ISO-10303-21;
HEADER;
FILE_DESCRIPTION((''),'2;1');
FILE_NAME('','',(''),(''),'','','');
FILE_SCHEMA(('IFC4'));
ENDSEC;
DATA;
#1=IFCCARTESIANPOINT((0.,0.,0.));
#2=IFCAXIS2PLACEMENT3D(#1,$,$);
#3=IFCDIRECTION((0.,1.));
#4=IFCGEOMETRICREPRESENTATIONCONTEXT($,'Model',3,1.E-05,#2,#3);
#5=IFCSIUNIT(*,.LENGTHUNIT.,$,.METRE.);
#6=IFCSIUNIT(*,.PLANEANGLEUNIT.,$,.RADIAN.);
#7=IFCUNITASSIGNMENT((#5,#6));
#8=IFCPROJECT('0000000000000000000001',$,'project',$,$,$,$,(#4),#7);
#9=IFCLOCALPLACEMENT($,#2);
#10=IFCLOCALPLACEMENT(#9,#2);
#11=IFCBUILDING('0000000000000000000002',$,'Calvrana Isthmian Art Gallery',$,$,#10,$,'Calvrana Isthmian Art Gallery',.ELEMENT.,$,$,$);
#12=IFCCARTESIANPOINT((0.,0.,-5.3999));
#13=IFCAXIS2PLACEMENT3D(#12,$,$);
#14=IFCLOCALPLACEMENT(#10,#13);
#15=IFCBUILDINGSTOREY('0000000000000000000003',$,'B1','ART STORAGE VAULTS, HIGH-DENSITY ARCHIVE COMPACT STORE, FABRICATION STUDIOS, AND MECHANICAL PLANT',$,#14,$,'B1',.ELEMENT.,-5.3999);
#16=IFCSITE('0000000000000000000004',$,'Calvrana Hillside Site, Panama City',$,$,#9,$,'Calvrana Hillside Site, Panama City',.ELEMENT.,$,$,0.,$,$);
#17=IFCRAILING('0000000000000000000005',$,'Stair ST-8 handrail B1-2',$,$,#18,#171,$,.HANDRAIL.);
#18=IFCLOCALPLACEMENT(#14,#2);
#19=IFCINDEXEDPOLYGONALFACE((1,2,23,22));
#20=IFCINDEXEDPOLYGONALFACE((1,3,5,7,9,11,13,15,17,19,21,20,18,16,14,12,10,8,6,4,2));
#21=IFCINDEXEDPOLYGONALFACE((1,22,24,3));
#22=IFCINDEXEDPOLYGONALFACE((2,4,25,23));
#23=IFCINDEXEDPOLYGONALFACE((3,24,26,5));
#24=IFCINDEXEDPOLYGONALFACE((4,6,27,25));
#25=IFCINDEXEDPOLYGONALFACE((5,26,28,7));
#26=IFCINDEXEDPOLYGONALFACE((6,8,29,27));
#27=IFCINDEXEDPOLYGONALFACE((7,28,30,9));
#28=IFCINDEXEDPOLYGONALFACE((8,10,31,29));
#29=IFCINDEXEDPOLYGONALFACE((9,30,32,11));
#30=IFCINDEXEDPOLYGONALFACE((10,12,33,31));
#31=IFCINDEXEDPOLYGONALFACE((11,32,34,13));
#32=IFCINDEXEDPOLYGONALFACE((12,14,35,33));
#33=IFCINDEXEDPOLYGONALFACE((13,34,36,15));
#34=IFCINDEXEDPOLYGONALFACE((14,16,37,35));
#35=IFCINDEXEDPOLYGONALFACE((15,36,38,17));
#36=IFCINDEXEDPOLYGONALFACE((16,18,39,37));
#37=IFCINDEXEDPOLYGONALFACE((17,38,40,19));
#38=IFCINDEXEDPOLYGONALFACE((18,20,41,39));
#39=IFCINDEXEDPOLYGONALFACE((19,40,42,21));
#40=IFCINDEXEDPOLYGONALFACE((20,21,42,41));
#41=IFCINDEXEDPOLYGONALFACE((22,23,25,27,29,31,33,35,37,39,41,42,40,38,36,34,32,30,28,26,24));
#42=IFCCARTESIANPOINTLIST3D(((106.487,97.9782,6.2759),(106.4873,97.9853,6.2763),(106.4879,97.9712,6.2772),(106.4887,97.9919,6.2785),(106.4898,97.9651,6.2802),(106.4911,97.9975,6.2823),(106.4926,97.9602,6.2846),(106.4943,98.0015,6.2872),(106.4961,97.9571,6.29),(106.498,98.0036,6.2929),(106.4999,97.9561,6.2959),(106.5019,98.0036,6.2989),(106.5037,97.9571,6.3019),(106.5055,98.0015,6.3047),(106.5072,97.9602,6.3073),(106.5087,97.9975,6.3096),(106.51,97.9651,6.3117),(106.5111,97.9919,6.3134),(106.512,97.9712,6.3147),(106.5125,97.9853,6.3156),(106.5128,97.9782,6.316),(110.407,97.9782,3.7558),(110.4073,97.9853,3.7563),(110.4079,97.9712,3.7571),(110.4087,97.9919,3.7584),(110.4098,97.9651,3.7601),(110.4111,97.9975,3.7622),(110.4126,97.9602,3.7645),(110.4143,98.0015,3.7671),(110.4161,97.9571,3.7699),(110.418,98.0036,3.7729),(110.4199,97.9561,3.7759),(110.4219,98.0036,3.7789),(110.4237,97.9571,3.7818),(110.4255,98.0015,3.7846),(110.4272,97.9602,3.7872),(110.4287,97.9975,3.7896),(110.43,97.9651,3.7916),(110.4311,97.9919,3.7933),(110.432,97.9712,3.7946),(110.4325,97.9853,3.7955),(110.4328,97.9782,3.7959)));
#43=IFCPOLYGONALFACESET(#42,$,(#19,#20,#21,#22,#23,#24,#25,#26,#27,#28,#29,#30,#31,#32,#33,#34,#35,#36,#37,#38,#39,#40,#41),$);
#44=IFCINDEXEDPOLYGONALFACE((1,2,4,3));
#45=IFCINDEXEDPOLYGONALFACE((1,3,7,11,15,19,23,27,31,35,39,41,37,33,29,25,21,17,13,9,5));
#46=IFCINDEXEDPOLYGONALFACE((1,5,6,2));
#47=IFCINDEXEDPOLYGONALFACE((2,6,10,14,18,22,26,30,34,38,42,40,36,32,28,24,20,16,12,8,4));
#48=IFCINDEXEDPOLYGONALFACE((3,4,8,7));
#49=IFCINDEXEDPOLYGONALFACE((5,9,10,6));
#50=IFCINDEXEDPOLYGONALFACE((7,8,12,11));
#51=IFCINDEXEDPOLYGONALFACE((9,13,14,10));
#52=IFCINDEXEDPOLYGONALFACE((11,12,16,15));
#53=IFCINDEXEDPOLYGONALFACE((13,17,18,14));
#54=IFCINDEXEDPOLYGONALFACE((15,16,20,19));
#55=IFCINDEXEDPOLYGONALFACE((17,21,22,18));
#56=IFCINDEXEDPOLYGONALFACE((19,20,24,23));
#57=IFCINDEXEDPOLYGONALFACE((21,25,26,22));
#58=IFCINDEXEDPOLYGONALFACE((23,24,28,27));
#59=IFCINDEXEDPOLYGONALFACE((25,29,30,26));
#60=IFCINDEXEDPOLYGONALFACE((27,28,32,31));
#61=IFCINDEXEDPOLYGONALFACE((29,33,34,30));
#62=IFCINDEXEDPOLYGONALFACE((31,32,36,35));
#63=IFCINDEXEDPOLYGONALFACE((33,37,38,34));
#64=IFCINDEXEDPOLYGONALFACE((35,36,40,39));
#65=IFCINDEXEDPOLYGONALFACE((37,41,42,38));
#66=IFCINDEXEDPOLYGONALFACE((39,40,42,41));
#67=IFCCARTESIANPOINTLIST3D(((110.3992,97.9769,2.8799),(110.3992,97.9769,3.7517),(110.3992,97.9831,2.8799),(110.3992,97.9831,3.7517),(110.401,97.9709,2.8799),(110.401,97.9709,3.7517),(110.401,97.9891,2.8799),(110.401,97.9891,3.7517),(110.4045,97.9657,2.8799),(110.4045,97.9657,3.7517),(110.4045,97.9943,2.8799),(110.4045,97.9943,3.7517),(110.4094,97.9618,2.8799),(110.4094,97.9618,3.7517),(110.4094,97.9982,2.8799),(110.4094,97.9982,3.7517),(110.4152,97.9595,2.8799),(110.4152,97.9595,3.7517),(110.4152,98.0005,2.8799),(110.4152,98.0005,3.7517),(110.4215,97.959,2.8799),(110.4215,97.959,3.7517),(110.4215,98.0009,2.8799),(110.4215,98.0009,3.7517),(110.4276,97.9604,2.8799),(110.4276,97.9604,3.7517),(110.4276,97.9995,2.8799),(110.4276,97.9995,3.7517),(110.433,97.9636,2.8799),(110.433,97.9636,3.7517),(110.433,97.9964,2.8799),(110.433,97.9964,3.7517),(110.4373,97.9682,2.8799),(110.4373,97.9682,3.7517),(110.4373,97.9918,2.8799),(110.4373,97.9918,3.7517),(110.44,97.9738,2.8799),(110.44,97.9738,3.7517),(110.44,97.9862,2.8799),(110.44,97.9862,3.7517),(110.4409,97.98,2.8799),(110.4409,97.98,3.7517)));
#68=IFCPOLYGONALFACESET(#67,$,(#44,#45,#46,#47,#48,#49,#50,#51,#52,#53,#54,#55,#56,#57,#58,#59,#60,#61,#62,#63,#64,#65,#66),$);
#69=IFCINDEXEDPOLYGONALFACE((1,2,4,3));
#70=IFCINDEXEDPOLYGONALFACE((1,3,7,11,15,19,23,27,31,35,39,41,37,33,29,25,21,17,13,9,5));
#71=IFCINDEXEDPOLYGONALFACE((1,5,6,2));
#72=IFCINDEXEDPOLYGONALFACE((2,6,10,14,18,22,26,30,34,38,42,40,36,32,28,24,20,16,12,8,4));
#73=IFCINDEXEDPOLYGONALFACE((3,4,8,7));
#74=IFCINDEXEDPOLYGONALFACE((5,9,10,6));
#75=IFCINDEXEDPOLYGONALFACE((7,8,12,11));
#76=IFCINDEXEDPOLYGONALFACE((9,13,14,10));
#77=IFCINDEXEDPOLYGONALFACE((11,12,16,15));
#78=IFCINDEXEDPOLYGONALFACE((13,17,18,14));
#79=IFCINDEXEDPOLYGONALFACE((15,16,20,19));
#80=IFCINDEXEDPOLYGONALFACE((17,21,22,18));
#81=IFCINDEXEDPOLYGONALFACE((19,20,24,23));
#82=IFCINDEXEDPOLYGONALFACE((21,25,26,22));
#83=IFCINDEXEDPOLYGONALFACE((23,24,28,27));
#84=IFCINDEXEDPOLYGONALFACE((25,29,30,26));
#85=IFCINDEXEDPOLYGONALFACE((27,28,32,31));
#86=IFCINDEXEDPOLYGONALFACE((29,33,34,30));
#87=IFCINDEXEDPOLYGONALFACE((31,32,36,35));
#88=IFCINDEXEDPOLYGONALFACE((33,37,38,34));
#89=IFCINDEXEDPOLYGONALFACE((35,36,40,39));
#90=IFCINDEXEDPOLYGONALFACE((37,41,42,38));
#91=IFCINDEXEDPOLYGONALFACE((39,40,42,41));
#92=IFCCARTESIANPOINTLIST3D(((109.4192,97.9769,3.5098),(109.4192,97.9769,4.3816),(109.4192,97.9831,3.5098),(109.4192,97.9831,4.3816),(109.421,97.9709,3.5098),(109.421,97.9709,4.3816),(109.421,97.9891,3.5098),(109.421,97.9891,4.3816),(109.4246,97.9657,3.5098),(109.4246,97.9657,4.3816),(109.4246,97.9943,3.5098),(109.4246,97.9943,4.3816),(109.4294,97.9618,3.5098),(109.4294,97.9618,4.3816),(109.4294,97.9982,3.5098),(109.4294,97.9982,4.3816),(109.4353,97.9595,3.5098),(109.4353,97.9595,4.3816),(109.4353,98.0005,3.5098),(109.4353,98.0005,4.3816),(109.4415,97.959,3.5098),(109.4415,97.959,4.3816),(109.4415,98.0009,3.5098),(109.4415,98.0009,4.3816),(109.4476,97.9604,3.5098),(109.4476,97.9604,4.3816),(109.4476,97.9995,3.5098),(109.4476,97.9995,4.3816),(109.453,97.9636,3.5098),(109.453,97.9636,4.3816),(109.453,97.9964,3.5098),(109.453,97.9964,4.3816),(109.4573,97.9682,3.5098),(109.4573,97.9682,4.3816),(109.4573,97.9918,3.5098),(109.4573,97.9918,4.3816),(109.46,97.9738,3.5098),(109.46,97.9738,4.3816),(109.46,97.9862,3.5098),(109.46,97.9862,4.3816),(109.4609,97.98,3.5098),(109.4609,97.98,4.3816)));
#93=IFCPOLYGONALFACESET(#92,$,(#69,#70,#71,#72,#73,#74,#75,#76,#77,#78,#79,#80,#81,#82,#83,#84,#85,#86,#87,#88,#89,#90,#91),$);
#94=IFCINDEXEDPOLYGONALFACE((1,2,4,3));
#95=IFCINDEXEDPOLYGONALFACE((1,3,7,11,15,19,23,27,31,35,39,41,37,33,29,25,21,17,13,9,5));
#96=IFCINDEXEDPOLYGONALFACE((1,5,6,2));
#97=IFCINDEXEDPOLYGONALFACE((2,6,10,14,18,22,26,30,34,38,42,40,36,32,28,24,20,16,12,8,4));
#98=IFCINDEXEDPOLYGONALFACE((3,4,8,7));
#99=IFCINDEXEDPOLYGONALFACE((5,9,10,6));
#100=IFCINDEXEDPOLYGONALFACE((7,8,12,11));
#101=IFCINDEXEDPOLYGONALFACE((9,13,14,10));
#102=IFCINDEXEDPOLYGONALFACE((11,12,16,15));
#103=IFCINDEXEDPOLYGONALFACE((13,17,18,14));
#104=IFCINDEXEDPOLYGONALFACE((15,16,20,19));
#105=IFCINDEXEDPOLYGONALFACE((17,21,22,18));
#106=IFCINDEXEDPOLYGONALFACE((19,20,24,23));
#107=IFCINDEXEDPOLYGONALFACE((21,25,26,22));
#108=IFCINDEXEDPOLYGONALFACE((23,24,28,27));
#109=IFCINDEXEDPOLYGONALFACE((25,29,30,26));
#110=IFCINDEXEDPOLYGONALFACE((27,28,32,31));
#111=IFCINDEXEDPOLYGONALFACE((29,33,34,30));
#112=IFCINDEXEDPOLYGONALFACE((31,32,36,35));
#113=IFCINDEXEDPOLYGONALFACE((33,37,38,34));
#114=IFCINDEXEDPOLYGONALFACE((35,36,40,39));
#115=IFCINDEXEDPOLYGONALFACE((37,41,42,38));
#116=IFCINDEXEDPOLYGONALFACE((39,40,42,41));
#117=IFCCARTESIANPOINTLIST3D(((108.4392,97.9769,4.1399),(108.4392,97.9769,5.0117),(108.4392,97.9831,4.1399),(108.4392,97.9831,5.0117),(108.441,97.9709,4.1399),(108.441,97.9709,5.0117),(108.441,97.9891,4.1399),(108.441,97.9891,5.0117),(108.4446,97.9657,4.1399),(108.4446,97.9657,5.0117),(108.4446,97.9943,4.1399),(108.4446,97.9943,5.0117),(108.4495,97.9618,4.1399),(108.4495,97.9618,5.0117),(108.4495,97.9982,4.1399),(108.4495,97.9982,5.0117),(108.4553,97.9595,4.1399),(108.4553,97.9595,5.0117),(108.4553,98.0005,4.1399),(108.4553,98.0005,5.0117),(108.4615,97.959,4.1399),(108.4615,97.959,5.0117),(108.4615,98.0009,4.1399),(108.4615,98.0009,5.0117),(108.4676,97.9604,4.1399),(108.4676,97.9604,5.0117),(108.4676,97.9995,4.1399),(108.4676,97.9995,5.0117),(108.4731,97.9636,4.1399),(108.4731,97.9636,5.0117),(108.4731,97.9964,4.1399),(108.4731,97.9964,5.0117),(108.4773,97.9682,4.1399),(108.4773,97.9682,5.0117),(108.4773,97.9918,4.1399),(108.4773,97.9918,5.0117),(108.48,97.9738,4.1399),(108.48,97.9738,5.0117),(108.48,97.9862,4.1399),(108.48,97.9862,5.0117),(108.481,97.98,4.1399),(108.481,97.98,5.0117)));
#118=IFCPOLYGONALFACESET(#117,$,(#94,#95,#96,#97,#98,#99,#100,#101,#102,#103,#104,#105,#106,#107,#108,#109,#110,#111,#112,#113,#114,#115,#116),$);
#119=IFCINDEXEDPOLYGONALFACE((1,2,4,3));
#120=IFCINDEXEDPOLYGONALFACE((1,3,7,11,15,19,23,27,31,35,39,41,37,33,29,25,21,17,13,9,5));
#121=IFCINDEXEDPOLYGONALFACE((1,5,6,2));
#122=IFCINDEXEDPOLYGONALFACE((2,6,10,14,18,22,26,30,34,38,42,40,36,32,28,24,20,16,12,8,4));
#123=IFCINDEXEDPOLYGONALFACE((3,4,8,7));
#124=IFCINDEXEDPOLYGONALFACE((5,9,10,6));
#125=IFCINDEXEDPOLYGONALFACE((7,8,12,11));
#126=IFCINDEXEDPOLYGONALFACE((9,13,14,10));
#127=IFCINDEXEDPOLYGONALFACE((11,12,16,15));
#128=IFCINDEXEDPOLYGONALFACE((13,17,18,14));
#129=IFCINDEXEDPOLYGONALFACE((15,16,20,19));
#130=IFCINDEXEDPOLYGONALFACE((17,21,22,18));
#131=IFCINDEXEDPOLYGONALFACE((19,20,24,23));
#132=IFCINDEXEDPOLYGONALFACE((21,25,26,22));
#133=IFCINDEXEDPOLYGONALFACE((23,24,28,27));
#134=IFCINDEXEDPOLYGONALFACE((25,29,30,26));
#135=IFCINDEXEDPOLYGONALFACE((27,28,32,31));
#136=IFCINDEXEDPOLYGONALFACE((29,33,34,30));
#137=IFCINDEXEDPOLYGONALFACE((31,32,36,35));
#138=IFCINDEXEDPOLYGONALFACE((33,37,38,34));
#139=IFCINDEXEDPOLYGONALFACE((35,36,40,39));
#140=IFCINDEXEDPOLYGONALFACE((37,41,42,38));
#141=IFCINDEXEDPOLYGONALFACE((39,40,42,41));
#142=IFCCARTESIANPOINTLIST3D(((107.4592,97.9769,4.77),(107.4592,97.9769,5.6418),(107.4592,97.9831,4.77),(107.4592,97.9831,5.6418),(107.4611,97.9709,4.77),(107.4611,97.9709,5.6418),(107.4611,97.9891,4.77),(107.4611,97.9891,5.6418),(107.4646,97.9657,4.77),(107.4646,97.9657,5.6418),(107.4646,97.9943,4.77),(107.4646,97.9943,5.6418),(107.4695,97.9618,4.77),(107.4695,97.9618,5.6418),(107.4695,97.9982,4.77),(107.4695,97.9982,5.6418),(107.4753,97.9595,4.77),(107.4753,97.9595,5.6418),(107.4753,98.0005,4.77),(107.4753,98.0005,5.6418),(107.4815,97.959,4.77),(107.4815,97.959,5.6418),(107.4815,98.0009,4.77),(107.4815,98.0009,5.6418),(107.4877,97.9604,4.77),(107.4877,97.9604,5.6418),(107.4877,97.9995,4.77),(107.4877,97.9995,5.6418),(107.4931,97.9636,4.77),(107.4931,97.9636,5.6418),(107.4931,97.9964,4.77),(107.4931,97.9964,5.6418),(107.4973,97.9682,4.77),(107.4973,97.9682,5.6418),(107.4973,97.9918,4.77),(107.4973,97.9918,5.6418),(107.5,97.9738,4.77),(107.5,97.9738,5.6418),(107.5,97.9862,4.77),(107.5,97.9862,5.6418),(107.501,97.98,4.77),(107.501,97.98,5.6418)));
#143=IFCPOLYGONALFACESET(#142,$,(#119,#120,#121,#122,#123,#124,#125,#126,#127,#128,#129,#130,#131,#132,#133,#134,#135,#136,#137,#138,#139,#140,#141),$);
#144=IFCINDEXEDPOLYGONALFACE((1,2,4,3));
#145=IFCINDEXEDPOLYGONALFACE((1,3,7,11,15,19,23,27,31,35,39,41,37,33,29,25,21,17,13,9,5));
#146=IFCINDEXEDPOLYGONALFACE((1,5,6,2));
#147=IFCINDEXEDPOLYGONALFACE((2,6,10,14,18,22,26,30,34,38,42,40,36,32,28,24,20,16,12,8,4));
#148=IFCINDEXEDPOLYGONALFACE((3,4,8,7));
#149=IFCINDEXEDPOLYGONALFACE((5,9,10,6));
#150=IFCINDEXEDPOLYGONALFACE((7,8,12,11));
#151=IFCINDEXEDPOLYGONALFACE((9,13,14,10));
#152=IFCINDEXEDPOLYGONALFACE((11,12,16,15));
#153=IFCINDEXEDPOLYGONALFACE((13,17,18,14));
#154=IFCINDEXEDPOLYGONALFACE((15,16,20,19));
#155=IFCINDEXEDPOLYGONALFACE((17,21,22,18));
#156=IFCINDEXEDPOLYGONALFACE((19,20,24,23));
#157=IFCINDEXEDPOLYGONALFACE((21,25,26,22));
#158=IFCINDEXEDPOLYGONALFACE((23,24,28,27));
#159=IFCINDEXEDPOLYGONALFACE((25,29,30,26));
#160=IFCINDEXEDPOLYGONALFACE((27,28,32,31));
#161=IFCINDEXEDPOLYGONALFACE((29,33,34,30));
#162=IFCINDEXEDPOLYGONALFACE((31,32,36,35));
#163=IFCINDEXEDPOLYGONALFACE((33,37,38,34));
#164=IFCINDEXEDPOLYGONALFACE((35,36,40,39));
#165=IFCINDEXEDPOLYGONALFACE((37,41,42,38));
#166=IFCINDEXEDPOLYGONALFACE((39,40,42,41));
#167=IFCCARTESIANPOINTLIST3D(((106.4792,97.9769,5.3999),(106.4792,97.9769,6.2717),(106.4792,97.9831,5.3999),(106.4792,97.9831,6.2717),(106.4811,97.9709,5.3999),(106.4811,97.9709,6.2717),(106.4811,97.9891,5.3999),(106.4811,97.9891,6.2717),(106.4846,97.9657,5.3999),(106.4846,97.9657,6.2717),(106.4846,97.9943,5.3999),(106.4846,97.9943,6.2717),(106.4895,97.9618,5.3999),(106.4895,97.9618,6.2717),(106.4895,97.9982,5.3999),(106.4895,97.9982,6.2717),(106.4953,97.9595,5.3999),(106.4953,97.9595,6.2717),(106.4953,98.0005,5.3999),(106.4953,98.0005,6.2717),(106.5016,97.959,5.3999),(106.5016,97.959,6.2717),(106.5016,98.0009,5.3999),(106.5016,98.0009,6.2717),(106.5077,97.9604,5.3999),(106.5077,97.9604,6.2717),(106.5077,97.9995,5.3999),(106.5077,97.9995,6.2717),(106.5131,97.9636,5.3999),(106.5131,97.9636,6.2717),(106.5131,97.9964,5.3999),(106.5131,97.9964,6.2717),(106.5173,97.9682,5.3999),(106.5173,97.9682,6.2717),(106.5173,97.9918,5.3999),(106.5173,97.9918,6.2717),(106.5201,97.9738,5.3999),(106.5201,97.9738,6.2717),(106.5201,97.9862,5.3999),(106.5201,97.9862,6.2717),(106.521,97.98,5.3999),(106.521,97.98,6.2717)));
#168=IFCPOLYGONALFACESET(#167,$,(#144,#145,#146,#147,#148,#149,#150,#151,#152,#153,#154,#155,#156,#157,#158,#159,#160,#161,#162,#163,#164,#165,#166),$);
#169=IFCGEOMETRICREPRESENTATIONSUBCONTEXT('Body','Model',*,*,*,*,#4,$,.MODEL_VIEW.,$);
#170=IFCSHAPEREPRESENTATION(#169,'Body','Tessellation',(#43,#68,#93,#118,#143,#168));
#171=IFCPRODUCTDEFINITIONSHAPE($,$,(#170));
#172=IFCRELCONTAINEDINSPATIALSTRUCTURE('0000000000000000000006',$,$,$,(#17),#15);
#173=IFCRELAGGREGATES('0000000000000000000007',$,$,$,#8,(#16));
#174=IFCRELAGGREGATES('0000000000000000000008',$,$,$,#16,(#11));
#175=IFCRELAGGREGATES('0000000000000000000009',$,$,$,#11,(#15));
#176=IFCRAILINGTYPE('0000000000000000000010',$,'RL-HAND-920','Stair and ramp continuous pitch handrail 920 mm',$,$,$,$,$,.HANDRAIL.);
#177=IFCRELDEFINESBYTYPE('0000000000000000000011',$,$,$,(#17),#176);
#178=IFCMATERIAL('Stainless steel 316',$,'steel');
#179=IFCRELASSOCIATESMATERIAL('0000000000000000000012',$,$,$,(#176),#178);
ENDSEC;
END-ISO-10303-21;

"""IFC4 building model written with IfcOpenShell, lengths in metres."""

from ifc_helpers import new_model, si_unit, direction, frame, origin, origin_2d, place, context, subcontext, project, spatial, circle, extrude, material, type_object, element, save


model = new_model("IFC4")

# Units and contexts
model_context = context("Model", 3, precision=1e-05, world=origin(), true_north=direction((0.0, 1.0)))
body_context = subcontext(model_context, "Body", "Model", "MODEL_VIEW")
ifc_project = project(units=[si_unit("LENGTHUNIT", "METRE"), si_unit("PLANEANGLEUNIT", "RADIAN")], contexts=[model_context])

# Site, building, storey
site_placement = place(None, origin())
site = spatial("IfcSite", under=ifc_project, at=site_placement, Name="Calvrana Hillside Site, Panama City", LongName="Calvrana Hillside Site, Panama City", CompositionType="ELEMENT", RefElevation=0.0)
building_placement = place(site_placement, origin())
building = spatial("IfcBuilding", under=site, at=building_placement, Name="Calvrana Isthmian Art Gallery", LongName="Calvrana Isthmian Art Gallery", CompositionType="ELEMENT")
storey_placement = place(building_placement, frame((0.0, 0.0, -5.3999)))
storey = spatial("IfcBuildingStorey", under=building, at=storey_placement, Name="B1", Description="ART STORAGE VAULTS, HIGH-DENSITY ARCHIVE COMPACT STORE, FABRICATION STUDIOS, AND MECHANICAL PLANT", LongName="B1", CompositionType="ELEMENT", Elevation=-5.3999)

# Railing
ifc_material_1 = material(Name="Stainless steel 316", Category="steel")
railing_type_1 = type_object("IfcRailingType", Name="RL-HAND-920", Description="Stair and ramp continuous pitch handrail 920 mm", PredefinedType="HANDRAIL", material=ifc_material_1)
railing_1_placement = place(storey_placement, frame((110.4199, 97.98, 2.8799)))
element("IfcRailing", 1, at=railing_1_placement, inside=storey, type_object=railing_type_1, Name="Stair ST-8 handrail B1-2", PredefinedType="HANDRAIL", context=body_context, shape_type="SweptSolid", body=[
    extrude(circle(Radius=0.0239, at=origin_2d()), frame((0.0, 0.0, 0.896), z_axis=(-0.841172, 0.0, 0.540768), x_axis=(0.0, -1.0, 0.0)), (0.0, 0.0, 1.0), 4.6602),
    extrude(circle(Radius=0.021, at=origin_2d()), origin(), (0.0, 0.0, 1.0), 0.8718),
    extrude(circle(Radius=0.021, at=origin_2d()), frame((-0.98, 0.0, 0.6299)), (0.0, 0.0, 1.0), 0.8718),
    extrude(circle(Radius=0.021, at=origin_2d()), frame((-1.96, 0.0, 1.26)), (0.0, 0.0, 1.0), 0.8718),
    extrude(circle(Radius=0.021, at=origin_2d()), frame((-2.9399, 0.0, 1.8901)), (0.0, 0.0, 1.0), 0.8718),
    extrude(circle(Radius=0.021, at=origin_2d()), frame((-3.9199, 0.0, 2.52)), (0.0, 0.0, 1.0), 0.8718),
])

save(model, "model.ifc")
